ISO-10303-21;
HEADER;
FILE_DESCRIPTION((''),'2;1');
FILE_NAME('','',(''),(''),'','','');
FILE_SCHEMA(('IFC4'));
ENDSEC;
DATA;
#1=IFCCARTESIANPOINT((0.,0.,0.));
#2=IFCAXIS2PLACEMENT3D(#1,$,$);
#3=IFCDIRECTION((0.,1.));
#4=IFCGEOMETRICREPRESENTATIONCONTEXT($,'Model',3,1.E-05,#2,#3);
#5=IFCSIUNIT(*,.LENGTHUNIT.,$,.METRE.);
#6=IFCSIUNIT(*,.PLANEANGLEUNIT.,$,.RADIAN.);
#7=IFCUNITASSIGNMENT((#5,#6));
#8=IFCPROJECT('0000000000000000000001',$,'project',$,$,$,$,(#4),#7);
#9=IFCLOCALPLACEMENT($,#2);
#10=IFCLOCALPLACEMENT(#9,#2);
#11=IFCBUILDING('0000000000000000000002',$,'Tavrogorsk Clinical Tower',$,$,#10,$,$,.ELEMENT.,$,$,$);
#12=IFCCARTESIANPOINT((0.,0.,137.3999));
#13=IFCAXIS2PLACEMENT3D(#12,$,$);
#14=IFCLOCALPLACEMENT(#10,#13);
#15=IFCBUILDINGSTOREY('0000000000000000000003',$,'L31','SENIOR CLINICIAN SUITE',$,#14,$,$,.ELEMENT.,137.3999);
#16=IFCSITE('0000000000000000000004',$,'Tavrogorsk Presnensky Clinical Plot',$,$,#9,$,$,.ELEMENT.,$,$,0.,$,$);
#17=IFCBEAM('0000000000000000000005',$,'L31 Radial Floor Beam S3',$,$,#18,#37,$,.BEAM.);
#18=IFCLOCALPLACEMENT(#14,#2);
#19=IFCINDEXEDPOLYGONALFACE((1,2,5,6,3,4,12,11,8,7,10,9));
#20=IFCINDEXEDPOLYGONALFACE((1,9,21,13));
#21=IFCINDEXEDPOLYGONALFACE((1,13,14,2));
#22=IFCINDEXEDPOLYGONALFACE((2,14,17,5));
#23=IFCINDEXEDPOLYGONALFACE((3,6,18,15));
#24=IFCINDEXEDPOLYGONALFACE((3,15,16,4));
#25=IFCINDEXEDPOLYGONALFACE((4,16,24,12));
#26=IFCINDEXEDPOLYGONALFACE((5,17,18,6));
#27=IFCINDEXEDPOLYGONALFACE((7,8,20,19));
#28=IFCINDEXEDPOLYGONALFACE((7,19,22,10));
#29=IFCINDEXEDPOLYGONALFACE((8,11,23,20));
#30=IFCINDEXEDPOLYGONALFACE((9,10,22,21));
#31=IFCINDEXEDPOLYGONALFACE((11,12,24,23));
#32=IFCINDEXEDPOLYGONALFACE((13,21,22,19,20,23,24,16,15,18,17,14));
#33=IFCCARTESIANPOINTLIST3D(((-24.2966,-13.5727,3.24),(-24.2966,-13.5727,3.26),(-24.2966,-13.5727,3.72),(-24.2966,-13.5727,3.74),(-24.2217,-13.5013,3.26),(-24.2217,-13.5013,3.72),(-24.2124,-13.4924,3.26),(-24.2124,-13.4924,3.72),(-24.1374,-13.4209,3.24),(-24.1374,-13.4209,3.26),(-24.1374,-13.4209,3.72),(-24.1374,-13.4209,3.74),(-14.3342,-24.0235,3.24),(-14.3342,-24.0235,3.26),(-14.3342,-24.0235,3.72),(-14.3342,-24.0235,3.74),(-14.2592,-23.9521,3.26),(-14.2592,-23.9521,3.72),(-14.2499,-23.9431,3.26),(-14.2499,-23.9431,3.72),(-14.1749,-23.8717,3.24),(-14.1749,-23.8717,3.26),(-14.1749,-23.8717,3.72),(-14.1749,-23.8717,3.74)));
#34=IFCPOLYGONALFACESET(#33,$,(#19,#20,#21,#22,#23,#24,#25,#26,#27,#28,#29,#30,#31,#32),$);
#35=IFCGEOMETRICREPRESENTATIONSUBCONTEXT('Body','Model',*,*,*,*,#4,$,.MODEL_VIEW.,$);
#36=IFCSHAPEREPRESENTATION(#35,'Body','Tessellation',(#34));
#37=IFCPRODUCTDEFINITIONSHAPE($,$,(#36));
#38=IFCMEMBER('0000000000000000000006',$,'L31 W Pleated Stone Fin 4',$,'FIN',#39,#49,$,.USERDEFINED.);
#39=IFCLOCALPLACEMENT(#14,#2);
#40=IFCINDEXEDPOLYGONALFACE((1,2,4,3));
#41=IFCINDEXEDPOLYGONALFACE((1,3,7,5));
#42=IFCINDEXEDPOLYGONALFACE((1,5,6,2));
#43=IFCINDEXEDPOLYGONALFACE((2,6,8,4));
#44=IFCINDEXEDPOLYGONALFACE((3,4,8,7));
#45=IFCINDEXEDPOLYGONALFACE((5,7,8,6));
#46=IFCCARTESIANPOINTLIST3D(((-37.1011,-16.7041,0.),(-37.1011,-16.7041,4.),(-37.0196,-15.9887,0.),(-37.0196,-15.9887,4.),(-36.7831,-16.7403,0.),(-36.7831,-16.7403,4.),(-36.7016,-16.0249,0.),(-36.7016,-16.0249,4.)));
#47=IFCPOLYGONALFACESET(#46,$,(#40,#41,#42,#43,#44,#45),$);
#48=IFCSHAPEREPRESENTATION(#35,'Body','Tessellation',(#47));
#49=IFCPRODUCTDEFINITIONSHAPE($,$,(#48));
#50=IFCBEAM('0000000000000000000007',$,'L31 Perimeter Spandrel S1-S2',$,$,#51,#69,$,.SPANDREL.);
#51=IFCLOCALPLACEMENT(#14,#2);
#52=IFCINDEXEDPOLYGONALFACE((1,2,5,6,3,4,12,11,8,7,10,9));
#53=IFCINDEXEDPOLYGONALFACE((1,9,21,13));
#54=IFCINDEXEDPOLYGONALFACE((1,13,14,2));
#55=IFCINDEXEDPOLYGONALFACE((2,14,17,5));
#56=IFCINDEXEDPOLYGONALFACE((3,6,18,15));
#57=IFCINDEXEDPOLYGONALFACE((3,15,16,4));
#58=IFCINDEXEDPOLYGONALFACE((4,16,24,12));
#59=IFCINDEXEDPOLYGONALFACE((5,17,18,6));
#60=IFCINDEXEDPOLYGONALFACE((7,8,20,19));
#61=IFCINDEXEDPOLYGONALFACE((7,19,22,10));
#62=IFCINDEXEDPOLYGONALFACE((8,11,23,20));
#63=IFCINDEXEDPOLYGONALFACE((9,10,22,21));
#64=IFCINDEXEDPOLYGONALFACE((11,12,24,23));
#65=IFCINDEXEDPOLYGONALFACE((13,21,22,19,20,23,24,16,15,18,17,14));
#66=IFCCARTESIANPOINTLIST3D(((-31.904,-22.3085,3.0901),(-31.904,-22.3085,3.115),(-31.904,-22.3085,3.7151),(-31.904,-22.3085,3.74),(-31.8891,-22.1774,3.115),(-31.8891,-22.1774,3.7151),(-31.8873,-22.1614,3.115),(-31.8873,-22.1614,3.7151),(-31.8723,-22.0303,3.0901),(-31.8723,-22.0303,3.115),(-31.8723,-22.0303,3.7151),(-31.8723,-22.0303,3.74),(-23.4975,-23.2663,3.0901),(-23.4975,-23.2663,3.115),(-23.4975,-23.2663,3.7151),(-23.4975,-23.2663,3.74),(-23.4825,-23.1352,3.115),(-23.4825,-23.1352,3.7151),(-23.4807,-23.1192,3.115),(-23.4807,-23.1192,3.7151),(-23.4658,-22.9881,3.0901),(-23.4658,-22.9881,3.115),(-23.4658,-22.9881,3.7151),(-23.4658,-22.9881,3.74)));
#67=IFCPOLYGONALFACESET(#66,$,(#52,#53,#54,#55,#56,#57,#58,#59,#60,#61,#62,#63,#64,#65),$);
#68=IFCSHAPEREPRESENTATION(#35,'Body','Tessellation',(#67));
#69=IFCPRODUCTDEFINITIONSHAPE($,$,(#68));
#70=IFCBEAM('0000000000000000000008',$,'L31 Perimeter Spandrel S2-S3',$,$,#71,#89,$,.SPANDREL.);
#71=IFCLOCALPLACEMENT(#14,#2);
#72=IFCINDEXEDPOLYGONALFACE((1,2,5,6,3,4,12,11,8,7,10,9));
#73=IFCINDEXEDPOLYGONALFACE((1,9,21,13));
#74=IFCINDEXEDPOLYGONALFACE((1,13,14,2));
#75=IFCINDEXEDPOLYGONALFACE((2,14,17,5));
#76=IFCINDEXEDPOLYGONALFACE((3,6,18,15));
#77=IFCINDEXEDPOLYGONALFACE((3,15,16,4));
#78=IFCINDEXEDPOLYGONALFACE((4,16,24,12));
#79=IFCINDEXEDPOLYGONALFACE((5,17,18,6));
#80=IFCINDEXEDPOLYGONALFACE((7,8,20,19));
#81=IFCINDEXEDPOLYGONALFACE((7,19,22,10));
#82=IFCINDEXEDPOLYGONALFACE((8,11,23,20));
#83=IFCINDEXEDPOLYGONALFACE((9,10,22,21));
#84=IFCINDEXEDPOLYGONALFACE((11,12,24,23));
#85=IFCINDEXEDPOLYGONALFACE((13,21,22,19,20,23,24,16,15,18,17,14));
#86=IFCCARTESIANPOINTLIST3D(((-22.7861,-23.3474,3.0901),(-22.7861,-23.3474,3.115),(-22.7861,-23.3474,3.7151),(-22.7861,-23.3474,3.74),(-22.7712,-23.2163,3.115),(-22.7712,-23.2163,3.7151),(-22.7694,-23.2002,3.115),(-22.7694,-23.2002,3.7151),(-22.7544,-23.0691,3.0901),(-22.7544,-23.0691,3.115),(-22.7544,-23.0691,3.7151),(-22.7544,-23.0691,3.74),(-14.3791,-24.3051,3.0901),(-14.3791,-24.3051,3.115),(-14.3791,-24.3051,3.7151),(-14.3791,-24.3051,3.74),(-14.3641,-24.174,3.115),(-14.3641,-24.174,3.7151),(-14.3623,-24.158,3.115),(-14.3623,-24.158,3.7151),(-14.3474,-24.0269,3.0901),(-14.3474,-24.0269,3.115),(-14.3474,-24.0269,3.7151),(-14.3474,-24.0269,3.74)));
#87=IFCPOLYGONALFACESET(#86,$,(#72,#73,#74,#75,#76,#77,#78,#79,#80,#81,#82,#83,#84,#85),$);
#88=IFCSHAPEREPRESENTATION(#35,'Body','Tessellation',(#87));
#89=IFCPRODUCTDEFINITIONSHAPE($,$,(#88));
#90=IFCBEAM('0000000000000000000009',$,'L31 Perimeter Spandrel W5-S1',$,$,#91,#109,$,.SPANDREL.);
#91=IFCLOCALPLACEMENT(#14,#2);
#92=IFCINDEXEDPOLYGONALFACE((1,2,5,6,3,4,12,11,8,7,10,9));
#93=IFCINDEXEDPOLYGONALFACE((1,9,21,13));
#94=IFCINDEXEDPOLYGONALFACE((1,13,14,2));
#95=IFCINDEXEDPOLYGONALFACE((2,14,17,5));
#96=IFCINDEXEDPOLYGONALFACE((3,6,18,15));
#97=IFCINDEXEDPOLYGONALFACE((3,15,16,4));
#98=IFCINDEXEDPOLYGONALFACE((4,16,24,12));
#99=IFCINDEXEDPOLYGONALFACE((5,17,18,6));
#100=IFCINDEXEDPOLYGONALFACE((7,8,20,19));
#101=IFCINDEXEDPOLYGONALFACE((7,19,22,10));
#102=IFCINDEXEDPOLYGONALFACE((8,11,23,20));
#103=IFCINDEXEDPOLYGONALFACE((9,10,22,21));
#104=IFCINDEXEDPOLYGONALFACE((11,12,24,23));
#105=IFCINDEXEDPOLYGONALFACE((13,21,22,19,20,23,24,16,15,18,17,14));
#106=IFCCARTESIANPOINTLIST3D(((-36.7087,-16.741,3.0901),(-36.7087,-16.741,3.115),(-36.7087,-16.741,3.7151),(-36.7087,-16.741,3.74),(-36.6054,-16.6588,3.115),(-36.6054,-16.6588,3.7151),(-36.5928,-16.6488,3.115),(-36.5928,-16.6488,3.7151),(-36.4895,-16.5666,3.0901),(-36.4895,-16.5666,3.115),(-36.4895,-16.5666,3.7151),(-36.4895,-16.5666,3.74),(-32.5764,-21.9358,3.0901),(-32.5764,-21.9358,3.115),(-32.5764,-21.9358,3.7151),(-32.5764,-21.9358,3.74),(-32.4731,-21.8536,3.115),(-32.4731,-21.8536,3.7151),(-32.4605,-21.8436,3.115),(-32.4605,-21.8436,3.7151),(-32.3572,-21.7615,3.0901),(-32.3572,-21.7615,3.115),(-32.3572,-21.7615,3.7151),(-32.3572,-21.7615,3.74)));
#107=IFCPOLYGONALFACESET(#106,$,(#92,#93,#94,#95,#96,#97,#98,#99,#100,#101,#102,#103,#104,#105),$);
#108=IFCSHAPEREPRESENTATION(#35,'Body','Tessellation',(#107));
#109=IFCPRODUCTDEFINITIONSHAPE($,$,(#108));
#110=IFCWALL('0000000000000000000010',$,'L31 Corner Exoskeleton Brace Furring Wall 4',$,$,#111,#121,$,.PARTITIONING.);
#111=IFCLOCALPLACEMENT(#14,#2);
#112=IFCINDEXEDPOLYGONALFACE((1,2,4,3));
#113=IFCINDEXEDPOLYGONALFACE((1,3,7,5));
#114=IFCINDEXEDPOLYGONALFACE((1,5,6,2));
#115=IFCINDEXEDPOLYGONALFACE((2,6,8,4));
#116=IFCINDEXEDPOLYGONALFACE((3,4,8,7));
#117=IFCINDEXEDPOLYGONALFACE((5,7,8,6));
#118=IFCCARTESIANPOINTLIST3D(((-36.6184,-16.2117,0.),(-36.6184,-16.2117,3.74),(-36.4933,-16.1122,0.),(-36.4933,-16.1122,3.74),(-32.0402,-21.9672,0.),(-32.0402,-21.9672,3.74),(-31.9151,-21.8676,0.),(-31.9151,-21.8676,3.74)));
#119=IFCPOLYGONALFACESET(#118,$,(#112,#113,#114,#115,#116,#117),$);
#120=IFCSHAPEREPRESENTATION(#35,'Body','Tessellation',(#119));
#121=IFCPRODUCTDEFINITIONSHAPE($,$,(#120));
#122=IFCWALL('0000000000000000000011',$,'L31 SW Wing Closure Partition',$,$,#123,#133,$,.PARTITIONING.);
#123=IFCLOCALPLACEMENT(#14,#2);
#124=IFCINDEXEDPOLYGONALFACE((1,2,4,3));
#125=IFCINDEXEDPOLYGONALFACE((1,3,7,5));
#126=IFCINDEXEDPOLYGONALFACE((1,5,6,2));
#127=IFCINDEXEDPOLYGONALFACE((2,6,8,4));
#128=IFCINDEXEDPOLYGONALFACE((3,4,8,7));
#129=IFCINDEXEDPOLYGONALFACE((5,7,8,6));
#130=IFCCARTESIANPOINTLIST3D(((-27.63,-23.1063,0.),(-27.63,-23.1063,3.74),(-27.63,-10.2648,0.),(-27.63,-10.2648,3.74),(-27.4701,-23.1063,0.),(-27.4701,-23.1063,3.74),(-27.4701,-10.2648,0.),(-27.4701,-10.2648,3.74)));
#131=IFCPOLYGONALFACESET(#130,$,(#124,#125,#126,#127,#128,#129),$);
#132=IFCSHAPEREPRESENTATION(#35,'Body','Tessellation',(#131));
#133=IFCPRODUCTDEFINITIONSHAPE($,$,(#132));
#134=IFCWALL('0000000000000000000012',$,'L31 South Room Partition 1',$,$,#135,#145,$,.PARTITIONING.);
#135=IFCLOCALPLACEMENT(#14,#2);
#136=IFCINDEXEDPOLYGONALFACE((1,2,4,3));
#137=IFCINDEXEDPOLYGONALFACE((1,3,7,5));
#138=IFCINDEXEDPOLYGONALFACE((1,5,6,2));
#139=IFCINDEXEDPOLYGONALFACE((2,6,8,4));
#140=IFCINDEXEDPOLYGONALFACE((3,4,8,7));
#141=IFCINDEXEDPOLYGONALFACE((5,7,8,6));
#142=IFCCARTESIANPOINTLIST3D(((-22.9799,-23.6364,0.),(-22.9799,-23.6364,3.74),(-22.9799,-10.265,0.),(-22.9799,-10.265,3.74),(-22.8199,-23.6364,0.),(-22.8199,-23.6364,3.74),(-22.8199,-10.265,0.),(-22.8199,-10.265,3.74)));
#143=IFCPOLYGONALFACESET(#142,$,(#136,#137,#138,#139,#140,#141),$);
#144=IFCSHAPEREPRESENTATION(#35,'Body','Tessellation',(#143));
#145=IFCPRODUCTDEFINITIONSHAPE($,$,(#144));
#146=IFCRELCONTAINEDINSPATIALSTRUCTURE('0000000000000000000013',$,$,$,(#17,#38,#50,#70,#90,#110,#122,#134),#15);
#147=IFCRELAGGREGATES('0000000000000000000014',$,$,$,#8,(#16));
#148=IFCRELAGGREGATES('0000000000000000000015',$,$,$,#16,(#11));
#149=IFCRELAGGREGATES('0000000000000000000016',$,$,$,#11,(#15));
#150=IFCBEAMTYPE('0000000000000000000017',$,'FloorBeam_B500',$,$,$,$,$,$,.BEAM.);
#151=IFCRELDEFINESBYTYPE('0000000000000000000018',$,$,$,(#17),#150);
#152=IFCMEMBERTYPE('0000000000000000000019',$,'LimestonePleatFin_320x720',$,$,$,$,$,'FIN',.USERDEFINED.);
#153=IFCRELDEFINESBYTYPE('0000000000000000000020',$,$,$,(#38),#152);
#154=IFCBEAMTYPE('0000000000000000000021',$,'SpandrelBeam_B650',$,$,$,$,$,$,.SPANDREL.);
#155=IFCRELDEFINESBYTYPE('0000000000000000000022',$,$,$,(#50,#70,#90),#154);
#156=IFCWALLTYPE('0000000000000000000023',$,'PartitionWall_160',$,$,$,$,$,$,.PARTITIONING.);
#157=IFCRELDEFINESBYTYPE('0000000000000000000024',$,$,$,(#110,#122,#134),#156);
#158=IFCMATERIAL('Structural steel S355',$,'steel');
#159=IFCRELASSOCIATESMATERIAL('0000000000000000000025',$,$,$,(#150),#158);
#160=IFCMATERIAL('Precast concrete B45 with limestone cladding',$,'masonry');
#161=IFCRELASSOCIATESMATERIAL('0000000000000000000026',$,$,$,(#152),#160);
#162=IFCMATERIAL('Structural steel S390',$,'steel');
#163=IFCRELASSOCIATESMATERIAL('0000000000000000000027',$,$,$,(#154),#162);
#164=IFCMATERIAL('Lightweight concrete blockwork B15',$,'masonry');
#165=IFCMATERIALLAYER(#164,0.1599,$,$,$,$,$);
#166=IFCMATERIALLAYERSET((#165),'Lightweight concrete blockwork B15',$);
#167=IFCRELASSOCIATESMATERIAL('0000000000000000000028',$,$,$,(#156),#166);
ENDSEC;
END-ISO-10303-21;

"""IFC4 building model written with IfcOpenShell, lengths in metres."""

from ifc_helpers import new_model, si_unit, direction, frame, frame_2d, origin, origin_2d, place, context, subcontext, project, spatial, rectangle, i_section, extrude, material, layer, layer_set, material_profile, profile_set, type_object, element, save


model = new_model("IFC4")

# Units and contexts
model_context = context("Model", 3, precision=1e-05, world=origin(), true_north=direction((0.0, 1.0)))
body_context = subcontext(model_context, "Body", "Model", "MODEL_VIEW")
ifc_project = project(units=[si_unit("LENGTHUNIT", "METRE"), si_unit("PLANEANGLEUNIT", "RADIAN")], contexts=[model_context])

# Site, building, storey
site_placement = place(None, origin())
site = spatial("IfcSite", under=ifc_project, at=site_placement, Name="Tavrogorsk Presnensky Clinical Plot", CompositionType="ELEMENT", RefElevation=0.0)
building_placement = place(site_placement, origin())
building = spatial("IfcBuilding", under=site, at=building_placement, Name="Tavrogorsk Clinical Tower", CompositionType="ELEMENT")
storey_placement = place(building_placement, frame((0.0, 0.0, 137.3999)))
storey = spatial("IfcBuildingStorey", under=building, at=storey_placement, Name="L31", Description="SENIOR CLINICIAN SUITE", CompositionType="ELEMENT", Elevation=137.3999)

# Beam
ifc_material_1 = material(Name="Structural steel S355", Category="steel")
ifc_material_profile_1 = material_profile(ifc_material_1, i_section(OverallWidth=0.22, OverallDepth=0.5, WebThickness=0.0129, FlangeThickness=0.02, at=origin_2d()), Name="B-500x220x13x20")
ifc_profile_set_1 = profile_set([ifc_material_profile_1], Name="Structural steel S355")
beam_type_1 = type_object("IfcBeamType", Name="FloorBeam_B500", PredefinedType="BEAM", material=ifc_profile_set_1)
beam_1_placement = place(storey_placement, frame((-24.217, -13.4968, 3.49), z_axis=(0.689995, -0.723814, 0.0), x_axis=(0.723814, 0.689995, 0.0)))
element("IfcBeam", 1, at=beam_1_placement, inside=storey, type_object=beam_type_1, Name="L31 Radial Floor Beam S3", PredefinedType="BEAM", context=body_context, shape_type="SweptSolid", body=[
    extrude(i_section(OverallWidth=0.22, OverallDepth=0.5, WebThickness=0.0129, FlangeThickness=0.02, at=origin_2d()), origin(), (0.0, 0.0, 1.0), 14.4385),
])

# Member
ifc_material_2 = material(Name="Precast concrete B45 with limestone cladding", Category="masonry")
ifc_material_profile_2 = material_profile(ifc_material_2, rectangle(XDim=0.3201, YDim=0.72, at=origin_2d()), Name="LIMESTONE-FIN-320x720")
ifc_profile_set_2 = profile_set([ifc_material_profile_2], Name="Precast concrete B45 with limestone cladding")
member_type_1 = type_object("IfcMemberType", Name="LimestonePleatFin_320x720", ElementType="FIN", PredefinedType="USERDEFINED", material=ifc_profile_set_2)
member_1_placement = place(storey_placement, frame((-36.9014, -16.3645, 0.0), z_axis=(0.0, 0.0, 1.0), x_axis=(0.993572, -0.113203, 0.0)))
element("IfcMember", 2, at=member_1_placement, inside=storey, type_object=member_type_1, Name="L31 W Pleated Stone Fin 4", ObjectType="FIN", PredefinedType="USERDEFINED", context=body_context, shape_type="SweptSolid", body=[
    extrude(rectangle(XDim=0.3201, YDim=0.72, at=origin_2d()), origin(), (0.0, 0.0, 1.0), 4.0),
])

# Beams
ifc_material_3 = material(Name="Structural steel S390", Category="steel")
ifc_material_profile_3 = material_profile(ifc_material_3, i_section(OverallWidth=0.28, OverallDepth=0.6499, WebThickness=0.0161, FlangeThickness=0.0249, at=origin_2d()), Name="B-650x280x16x25")
ifc_profile_set_3 = profile_set([ifc_material_profile_3], Name="Structural steel S390")
beam_type_2 = type_object("IfcBeamType", Name="SpandrelBeam_B650", PredefinedType="SPANDREL", material=ifc_profile_set_3)
beam_2_placement = place(storey_placement, frame((-31.8882, -22.1694, 3.415), z_axis=(0.993572, -0.113199, 0.0), x_axis=(0.113199, 0.993572, 0.0)))
element("IfcBeam", 3, at=beam_2_placement, inside=storey, type_object=beam_type_2, Name="L31 Perimeter Spandrel S1-S2", PredefinedType="SPANDREL", context=body_context, shape_type="SweptSolid", body=[
    extrude(i_section(OverallWidth=0.28, OverallDepth=0.6499, WebThickness=0.0161, FlangeThickness=0.0249, at=origin_2d()), origin(), (0.0, 0.0, 1.0), 8.4609),
])
beam_3_placement = place(storey_placement, frame((-22.7703, -23.2083, 3.415), z_axis=(0.993573, -0.113193, 0.0), x_axis=(0.113193, 0.993573, 0.0)))
element("IfcBeam", 4, at=beam_3_placement, inside=storey, type_object=beam_type_2, Name="L31 Perimeter Spandrel S2-S3", PredefinedType="SPANDREL", context=body_context, shape_type="SweptSolid", body=[
    extrude(i_section(OverallWidth=0.28, OverallDepth=0.6499, WebThickness=0.0161, FlangeThickness=0.0249, at=origin_2d()), origin(), (0.0, 0.0, 1.0), 8.4614),
])
beam_4_placement = place(storey_placement, frame((-36.5991, -16.6538, 3.415), z_axis=(0.622531, -0.782595, 0.0), x_axis=(0.782595, 0.622531, 0.0)))
element("IfcBeam", 5, at=beam_4_placement, inside=storey, type_object=beam_type_2, Name="L31 Perimeter Spandrel W5-S1", PredefinedType="SPANDREL", context=body_context, shape_type="SweptSolid", body=[
    extrude(i_section(OverallWidth=0.28, OverallDepth=0.6499, WebThickness=0.0161, FlangeThickness=0.0249, at=origin_2d()), origin(), (0.0, 0.0, 1.0), 6.6379),
])

# Walls
ifc_material_4 = material(Name="Lightweight concrete blockwork B15", Category="masonry")
ifc_layer_1 = layer(ifc_material_4, 0.1599)
ifc_layer_set_1 = layer_set([ifc_layer_1], Name="Lightweight concrete blockwork B15")
wall_type_1 = type_object("IfcWallType", Name="PartitionWall_160", PredefinedType="PARTITIONING", material=ifc_layer_set_1)
wall_1_placement = place(storey_placement, frame((-36.5559, -16.1619, 0.0), z_axis=(0.0, 0.0, 1.0), x_axis=(0.622523, -0.782602, 0.0)))
element("IfcWall", 6, at=wall_1_placement, inside=storey, type_object=wall_type_1, Name="L31 Corner Exoskeleton Brace Furring Wall 4", PredefinedType="PARTITIONING", context=body_context, shape_type="SweptSolid", body=[
    extrude(rectangle(XDim=7.3542, YDim=0.1599, at=frame_2d((3.6772, 0.0))), origin(), (0.0, 0.0, 1.0), 3.74),
])
wall_2_placement = place(storey_placement, frame((-27.55, -23.1064, 0.0), z_axis=(0.0, 0.0, 1.0), x_axis=(0.0, 1.0, 0.0)))
element("IfcWall", 7, at=wall_2_placement, inside=storey, type_object=wall_type_1, Name="L31 SW Wing Closure Partition", PredefinedType="PARTITIONING", context=body_context, shape_type="SweptSolid", body=[
    extrude(rectangle(XDim=12.8416, YDim=0.1599, at=frame_2d((6.4209, 0.0))), origin(), (0.0, 0.0, 1.0), 3.74),
])
wall_3_placement = place(storey_placement, frame((-22.8999, -23.6362, 0.0), z_axis=(0.0, 0.0, 1.0), x_axis=(0.0, 1.0, 0.0)))
element("IfcWall", 8, at=wall_3_placement, inside=storey, type_object=wall_type_1, Name="L31 South Room Partition 1", PredefinedType="PARTITIONING", context=body_context, shape_type="SweptSolid", body=[
    extrude(rectangle(XDim=13.3713, YDim=0.1599, at=frame_2d((6.6855, 0.0))), origin(), (0.0, 0.0, 1.0), 3.74),
])

save(model, "model.ifc")
